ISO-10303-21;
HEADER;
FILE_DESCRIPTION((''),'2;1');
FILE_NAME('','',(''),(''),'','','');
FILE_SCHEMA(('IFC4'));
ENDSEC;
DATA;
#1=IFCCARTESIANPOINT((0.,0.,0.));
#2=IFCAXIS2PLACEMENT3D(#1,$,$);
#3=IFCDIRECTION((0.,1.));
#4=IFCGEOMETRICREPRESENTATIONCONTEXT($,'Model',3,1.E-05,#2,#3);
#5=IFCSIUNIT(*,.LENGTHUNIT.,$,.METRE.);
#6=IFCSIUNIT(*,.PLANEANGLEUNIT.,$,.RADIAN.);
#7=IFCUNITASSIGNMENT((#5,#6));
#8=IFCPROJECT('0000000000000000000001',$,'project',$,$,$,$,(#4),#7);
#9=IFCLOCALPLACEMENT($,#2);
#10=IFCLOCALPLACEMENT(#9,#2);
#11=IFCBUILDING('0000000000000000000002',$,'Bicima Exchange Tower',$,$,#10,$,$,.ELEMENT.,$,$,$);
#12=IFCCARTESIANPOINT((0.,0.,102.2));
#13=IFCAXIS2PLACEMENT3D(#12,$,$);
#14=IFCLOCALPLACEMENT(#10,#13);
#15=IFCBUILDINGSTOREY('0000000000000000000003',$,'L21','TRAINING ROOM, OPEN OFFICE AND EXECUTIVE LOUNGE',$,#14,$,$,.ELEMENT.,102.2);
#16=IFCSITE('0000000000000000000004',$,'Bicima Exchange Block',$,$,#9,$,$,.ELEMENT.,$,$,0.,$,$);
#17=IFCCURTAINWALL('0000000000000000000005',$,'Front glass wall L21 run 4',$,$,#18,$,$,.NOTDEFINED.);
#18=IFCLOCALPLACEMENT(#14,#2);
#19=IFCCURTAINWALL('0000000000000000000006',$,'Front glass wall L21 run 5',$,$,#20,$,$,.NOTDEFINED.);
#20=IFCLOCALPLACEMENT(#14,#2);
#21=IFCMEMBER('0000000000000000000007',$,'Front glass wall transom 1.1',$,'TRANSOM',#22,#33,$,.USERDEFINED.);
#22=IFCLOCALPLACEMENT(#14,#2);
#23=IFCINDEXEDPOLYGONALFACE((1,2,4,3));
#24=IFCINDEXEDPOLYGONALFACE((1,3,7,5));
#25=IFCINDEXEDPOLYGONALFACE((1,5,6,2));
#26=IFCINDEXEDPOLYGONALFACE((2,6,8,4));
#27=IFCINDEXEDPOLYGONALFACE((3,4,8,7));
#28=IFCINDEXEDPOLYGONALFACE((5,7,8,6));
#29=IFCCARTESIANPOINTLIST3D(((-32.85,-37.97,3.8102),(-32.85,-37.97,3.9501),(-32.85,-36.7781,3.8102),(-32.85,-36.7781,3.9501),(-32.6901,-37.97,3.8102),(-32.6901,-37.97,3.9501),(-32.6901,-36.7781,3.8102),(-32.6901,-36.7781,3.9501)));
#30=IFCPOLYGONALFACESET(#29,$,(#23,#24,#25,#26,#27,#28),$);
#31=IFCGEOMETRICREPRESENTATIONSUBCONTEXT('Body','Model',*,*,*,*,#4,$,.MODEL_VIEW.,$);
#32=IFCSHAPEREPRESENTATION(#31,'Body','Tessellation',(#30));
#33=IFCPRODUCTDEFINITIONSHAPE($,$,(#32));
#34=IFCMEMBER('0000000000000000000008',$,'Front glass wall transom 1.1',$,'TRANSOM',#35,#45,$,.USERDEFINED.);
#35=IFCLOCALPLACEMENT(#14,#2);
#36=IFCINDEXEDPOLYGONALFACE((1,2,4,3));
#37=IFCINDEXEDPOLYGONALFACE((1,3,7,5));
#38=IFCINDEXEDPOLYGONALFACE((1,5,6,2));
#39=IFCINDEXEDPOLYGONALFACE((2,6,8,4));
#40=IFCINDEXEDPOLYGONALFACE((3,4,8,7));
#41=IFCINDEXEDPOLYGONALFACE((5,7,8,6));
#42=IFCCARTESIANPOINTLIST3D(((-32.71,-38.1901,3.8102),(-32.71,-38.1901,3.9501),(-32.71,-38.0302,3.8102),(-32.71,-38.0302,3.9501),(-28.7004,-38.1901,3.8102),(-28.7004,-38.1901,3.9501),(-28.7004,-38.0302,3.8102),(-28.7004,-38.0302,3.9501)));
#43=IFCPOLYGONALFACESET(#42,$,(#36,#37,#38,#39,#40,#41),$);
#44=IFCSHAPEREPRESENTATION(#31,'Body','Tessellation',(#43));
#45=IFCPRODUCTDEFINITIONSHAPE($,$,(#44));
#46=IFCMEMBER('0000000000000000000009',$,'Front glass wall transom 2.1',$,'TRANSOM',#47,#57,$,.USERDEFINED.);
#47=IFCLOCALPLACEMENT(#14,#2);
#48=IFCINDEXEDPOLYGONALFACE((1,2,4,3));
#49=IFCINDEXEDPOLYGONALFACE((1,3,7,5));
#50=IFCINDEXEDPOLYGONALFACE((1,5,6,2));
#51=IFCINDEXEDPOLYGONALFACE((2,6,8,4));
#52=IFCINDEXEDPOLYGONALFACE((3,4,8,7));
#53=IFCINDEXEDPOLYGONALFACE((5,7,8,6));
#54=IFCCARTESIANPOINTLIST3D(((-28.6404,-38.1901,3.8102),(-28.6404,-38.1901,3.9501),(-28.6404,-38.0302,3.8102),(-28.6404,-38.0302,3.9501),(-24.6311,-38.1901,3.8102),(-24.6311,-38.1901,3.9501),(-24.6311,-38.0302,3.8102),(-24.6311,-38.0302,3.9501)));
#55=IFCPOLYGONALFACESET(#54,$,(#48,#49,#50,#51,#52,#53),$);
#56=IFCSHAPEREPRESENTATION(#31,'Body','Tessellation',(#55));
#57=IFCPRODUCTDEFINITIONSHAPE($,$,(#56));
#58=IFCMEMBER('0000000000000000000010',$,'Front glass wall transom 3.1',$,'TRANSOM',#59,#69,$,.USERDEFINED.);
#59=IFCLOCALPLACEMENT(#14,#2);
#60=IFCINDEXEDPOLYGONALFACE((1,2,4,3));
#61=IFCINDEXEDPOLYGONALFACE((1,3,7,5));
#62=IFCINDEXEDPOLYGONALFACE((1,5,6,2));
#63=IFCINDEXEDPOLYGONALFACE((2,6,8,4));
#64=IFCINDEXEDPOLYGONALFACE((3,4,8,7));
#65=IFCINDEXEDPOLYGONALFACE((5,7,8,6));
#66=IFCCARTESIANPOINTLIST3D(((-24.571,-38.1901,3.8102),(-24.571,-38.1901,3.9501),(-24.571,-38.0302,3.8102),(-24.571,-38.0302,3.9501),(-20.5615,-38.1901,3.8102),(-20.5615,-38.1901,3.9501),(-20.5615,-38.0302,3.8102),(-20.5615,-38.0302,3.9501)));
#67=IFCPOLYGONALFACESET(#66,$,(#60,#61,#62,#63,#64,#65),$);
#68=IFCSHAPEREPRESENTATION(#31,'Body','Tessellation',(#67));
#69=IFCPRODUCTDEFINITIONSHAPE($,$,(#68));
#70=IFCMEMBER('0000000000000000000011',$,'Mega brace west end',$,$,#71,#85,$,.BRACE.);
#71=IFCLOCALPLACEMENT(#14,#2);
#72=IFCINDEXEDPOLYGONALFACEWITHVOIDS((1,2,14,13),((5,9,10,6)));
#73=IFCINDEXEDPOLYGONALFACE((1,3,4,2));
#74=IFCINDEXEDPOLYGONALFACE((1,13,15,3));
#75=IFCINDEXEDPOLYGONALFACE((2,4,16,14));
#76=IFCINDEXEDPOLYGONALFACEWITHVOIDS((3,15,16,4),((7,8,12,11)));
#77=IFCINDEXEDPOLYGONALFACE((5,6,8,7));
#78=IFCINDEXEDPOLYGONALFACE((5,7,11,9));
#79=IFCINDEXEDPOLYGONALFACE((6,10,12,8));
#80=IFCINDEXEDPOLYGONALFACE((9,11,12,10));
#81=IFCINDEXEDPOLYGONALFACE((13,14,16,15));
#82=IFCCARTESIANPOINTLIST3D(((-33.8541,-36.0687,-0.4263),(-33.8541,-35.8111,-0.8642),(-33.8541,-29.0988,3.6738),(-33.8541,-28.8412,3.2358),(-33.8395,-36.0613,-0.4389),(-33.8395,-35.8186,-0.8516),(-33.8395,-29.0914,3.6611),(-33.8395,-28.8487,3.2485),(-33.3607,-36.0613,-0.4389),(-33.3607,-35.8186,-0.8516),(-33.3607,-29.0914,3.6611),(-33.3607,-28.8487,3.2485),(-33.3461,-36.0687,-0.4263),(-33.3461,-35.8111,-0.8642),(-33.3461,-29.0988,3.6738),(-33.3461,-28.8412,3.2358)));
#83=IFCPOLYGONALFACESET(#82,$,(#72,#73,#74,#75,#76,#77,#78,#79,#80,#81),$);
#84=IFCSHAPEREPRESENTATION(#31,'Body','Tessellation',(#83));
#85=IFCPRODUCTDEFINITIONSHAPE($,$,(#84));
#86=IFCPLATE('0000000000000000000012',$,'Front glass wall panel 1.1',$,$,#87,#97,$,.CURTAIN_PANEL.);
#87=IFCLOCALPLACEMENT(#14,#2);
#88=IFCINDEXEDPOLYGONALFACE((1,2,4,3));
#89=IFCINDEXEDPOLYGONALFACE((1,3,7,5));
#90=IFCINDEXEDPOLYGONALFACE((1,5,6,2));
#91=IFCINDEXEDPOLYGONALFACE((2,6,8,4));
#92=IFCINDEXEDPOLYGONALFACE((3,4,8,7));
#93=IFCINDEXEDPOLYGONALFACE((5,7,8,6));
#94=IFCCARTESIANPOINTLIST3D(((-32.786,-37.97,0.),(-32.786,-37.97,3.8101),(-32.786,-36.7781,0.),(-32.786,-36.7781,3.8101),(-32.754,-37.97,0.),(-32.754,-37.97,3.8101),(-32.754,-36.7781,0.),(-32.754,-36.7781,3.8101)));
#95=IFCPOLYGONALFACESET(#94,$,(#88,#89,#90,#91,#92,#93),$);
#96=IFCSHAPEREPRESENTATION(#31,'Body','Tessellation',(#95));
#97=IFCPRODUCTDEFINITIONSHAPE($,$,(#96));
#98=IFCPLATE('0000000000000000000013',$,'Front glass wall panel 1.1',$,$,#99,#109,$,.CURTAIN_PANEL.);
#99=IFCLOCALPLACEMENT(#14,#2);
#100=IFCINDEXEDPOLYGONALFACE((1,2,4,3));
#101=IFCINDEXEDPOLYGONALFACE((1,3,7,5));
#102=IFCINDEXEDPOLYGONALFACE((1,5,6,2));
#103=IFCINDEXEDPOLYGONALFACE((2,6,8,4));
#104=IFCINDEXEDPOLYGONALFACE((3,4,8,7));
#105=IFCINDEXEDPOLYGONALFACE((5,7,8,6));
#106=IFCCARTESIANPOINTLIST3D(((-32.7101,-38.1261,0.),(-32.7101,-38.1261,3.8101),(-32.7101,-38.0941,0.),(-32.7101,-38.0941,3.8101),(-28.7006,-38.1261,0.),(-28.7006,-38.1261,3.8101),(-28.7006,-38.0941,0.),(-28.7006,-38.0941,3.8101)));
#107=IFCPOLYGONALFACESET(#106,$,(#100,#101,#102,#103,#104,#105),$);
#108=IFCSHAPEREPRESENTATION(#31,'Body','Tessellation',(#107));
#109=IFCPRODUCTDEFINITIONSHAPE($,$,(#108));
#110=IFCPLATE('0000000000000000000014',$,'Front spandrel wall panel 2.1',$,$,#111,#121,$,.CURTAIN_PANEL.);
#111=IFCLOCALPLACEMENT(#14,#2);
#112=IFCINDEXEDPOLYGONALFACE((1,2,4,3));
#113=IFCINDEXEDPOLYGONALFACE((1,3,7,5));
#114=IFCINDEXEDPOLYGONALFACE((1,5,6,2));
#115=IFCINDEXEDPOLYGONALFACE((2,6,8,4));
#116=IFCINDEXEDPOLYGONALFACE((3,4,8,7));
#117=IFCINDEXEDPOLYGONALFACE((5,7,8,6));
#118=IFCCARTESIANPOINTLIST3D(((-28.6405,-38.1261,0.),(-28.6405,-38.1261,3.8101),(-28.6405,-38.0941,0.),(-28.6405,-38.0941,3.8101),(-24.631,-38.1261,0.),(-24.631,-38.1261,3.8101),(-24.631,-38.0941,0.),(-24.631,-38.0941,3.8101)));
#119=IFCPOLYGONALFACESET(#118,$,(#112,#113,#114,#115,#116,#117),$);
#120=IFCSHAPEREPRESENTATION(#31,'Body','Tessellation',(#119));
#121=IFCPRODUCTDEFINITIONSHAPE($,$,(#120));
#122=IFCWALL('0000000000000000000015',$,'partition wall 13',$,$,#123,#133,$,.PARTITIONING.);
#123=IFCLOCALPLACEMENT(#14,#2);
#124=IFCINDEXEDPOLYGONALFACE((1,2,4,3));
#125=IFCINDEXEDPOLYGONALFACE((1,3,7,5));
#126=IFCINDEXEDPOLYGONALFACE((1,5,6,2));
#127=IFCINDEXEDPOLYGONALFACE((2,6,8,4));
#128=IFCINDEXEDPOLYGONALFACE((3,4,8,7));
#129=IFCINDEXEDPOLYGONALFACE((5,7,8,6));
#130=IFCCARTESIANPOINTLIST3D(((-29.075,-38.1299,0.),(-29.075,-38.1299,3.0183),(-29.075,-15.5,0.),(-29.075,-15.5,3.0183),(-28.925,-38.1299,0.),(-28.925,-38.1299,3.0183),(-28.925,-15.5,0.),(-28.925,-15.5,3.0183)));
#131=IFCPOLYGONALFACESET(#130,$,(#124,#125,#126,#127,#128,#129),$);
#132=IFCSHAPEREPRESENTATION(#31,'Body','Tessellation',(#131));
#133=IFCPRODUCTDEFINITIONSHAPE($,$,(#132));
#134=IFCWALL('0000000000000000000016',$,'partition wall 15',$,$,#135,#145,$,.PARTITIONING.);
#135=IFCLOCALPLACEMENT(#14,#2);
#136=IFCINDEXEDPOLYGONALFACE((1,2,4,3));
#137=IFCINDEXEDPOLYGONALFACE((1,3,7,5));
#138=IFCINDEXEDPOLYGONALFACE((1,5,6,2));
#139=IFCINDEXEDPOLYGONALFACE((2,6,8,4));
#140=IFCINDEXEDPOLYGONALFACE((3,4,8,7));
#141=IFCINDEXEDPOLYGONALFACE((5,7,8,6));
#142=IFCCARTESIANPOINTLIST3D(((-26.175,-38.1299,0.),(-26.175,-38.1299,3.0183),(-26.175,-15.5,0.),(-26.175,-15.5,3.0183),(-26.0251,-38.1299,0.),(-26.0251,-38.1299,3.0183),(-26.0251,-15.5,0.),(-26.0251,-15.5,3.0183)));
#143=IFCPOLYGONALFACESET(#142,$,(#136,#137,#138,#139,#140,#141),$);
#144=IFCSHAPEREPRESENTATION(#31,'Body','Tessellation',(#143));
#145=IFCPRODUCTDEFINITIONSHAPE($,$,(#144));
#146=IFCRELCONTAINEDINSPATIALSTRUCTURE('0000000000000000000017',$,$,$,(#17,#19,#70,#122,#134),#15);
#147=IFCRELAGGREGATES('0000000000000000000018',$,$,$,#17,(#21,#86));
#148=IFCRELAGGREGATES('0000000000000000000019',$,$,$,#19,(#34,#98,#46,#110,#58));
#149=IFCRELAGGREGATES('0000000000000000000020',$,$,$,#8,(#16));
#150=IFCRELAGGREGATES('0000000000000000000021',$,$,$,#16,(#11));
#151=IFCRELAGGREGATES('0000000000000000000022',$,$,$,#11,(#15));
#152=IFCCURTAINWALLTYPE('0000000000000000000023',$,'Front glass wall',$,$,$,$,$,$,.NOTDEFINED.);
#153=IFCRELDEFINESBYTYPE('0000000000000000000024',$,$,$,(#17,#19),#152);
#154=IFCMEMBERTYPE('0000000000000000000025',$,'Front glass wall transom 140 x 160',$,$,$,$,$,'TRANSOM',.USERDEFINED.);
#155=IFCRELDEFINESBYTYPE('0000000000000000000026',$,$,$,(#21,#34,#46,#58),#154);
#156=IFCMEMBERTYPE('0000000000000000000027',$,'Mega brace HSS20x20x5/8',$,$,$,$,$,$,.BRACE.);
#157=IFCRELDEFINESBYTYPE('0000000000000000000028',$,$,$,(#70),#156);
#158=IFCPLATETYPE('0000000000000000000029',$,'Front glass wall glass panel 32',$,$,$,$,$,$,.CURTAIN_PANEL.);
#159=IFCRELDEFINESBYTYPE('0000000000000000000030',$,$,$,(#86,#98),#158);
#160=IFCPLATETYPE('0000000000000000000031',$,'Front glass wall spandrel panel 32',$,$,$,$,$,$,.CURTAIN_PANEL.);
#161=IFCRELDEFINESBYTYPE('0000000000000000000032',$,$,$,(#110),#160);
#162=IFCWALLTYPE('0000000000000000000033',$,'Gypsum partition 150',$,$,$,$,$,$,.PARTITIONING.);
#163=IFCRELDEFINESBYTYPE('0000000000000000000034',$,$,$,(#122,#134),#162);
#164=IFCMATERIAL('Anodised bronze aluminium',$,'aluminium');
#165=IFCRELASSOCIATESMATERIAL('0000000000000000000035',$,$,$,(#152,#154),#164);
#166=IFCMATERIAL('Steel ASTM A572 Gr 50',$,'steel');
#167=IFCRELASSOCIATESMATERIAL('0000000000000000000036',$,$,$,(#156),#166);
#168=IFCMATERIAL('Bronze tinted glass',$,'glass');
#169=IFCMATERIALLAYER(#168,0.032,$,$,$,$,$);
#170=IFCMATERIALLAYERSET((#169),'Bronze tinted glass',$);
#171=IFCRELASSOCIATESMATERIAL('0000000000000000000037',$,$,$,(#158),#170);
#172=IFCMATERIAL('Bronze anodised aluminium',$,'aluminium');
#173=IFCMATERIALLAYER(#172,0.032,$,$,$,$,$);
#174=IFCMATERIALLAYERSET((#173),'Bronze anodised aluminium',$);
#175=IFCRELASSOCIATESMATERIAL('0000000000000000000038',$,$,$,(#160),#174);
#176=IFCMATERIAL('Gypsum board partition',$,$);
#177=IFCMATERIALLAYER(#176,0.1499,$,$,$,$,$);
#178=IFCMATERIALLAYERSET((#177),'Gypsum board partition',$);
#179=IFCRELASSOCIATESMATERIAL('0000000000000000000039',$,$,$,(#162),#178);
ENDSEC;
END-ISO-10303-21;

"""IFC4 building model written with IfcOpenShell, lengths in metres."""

from ifc_helpers import new_model, si_unit, direction, frame, frame_2d, origin, origin_2d, place, context, subcontext, project, spatial, rectangle, hollow_rectangle, extrude, material, layer, layer_set, material_profile, profile_set, type_object, element, aggregate, save


model = new_model("IFC4")

# Units and contexts
model_context = context("Model", 3, precision=1e-05, world=origin(), true_north=direction((0.0, 1.0)))
body_context = subcontext(model_context, "Body", "Model", "MODEL_VIEW")
ifc_project = project(units=[si_unit("LENGTHUNIT", "METRE"), si_unit("PLANEANGLEUNIT", "RADIAN")], contexts=[model_context])

# Site, building, storey
site_placement = place(None, origin())
site = spatial("IfcSite", under=ifc_project, at=site_placement, Name="Bicima Exchange Block", CompositionType="ELEMENT", RefElevation=0.0)
building_placement = place(site_placement, origin())
building = spatial("IfcBuilding", under=site, at=building_placement, Name="Bicima Exchange Tower", CompositionType="ELEMENT")
storey_placement = place(building_placement, frame((0.0, 0.0, 102.2)))
storey = spatial("IfcBuildingStorey", under=building, at=storey_placement, Name="L21", Description="TRAINING ROOM, OPEN OFFICE AND EXECUTIVE LOUNGE", CompositionType="ELEMENT", Elevation=102.2)

# Shared definitions
ifc_material_1 = material(Name="Steel ASTM A572 Gr 50", Category="steel")

# Shared definitions
ifc_material_2 = material(Name="Anodised bronze aluminium", Category="aluminium")
curtain_wall_type = type_object("IfcCurtainWallType", Name="Front glass wall", PredefinedType="NOTDEFINED", material=ifc_material_2)

# Curtain walls
curtain_wall_1_placement = place(storey_placement, origin())
curtain_wall_1 = element("IfcCurtainWall", 1, at=curtain_wall_1_placement, inside=storey, type_object=curtain_wall_type, Name="Front glass wall L21 run 4", PredefinedType="NOTDEFINED")
curtain_wall_2_placement = place(storey_placement, origin())
curtain_wall_2 = element("IfcCurtainWall", 2, at=curtain_wall_2_placement, inside=storey, type_object=curtain_wall_type, Name="Front glass wall L21 run 5", PredefinedType="NOTDEFINED")

# Members
ifc_material_profile_1 = material_profile(ifc_material_2, rectangle(XDim=0.1599, YDim=0.1399, at=origin_2d()))
ifc_profile_set_1 = profile_set([ifc_material_profile_1], Name="Anodised bronze aluminium")
member_type_1 = type_object("IfcMemberType", Name="Front glass wall transom 140 x 160", ElementType="TRANSOM", PredefinedType="USERDEFINED", material=ifc_profile_set_1)
member_1_placement = place(storey_placement, frame((-32.77, -36.7781, 3.8801), z_axis=(0.0, -1.0, 0.0), x_axis=(1.0, 0.0, 0.0)))
member_1 = element("IfcMember", 3, at=member_1_placement, type_object=member_type_1, Name="Front glass wall transom 1.1", ObjectType="TRANSOM", PredefinedType="USERDEFINED", context=body_context, shape_type="SweptSolid", body=[
    extrude(rectangle(XDim=0.1599, YDim=0.1399, at=origin_2d()), origin(), (0.0, 0.0, 1.0), 1.1919),
])
member_2_placement = place(storey_placement, frame((-32.71, -38.1101, 3.8801), z_axis=(1.0, 0.0, 0.0), x_axis=(0.0, 1.0, 0.0)))
member_2 = element("IfcMember", 4, at=member_2_placement, type_object=member_type_1, Name="Front glass wall transom 1.1", ObjectType="TRANSOM", PredefinedType="USERDEFINED", context=body_context, shape_type="SweptSolid", body=[
    extrude(rectangle(XDim=0.1599, YDim=0.1399, at=origin_2d()), origin(), (0.0, 0.0, 1.0), 4.0095),
])
member_3_placement = place(storey_placement, frame((-28.6404, -38.1101, 3.8801), z_axis=(1.0, 0.0, 0.0), x_axis=(0.0, 1.0, 0.0)))
member_3 = element("IfcMember", 5, at=member_3_placement, type_object=member_type_1, Name="Front glass wall transom 2.1", ObjectType="TRANSOM", PredefinedType="USERDEFINED", context=body_context, shape_type="SweptSolid", body=[
    extrude(rectangle(XDim=0.1599, YDim=0.1399, at=origin_2d()), origin(), (0.0, 0.0, 1.0), 4.0093),
])
member_4_placement = place(storey_placement, frame((-24.571, -38.1101, 3.8801), z_axis=(1.0, 0.0, 0.0), x_axis=(0.0, 1.0, 0.0)))
member_4 = element("IfcMember", 6, at=member_4_placement, type_object=member_type_1, Name="Front glass wall transom 3.1", ObjectType="TRANSOM", PredefinedType="USERDEFINED", context=body_context, shape_type="SweptSolid", body=[
    extrude(rectangle(XDim=0.1599, YDim=0.1399, at=origin_2d()), origin(), (0.0, 0.0, 1.0), 4.0095),
])
ifc_material_profile_2 = material_profile(ifc_material_1, hollow_rectangle(XDim=0.5081, YDim=0.5081, WallThickness=0.0146, at=origin_2d()))
ifc_profile_set_2 = profile_set([ifc_material_profile_2], Name="Steel ASTM A572 Gr 50")
member_type_2 = type_object("IfcMemberType", Name="Mega brace HSS20x20x5/8", PredefinedType="BRACE", material=ifc_profile_set_2)
member_5_placement = place(storey_placement, frame((-33.6001, -35.9399, -0.6453), z_axis=(0.0, 0.861928, 0.507031), x_axis=(-1.0, 0.0, 0.0)))
element("IfcMember", 7, at=member_5_placement, inside=storey, type_object=member_type_2, Name="Mega brace west end", PredefinedType="BRACE", context=body_context, shape_type="SweptSolid", body=[
    extrude(hollow_rectangle(XDim=0.5081, YDim=0.5081, WallThickness=0.0146, at=origin_2d()), origin(), (0.0, 0.0, 1.0), 8.0864),
])

# Plates
ifc_material_3 = material(Name="Bronze tinted glass", Category="glass")
ifc_layer_1 = layer(ifc_material_3, 0.032)
ifc_layer_set_1 = layer_set([ifc_layer_1], Name="Bronze tinted glass")
plate_type_1 = type_object("IfcPlateType", Name="Front glass wall glass panel 32", PredefinedType="CURTAIN_PANEL", material=ifc_layer_set_1)
plate_1_placement = place(storey_placement, frame((-32.77, -37.374, 0.0), z_axis=(0.0, 0.0, 1.0), x_axis=(0.0, -1.0, 0.0)))
plate_1 = element("IfcPlate", 8, at=plate_1_placement, type_object=plate_type_1, Name="Front glass wall panel 1.1", PredefinedType="CURTAIN_PANEL", context=body_context, shape_type="SweptSolid", body=[
    extrude(rectangle(XDim=1.1919, YDim=0.032, at=origin_2d()), origin(), (0.0, 0.0, 1.0), 3.8101),
])
aggregate(curtain_wall_1, [member_1, plate_1])
plate_2_placement = place(storey_placement, frame((-30.7053, -38.1101, 0.0), z_axis=(0.0, 0.0, 1.0), x_axis=(1.0, 0.0, 0.0)))
plate_2 = element("IfcPlate", 9, at=plate_2_placement, type_object=plate_type_1, Name="Front glass wall panel 1.1", PredefinedType="CURTAIN_PANEL", context=body_context, shape_type="SweptSolid", body=[
    extrude(rectangle(XDim=4.0095, YDim=0.032, at=origin_2d()), origin(), (0.0, 0.0, 1.0), 3.8101),
])
ifc_material_4 = material(Name="Bronze anodised aluminium", Category="aluminium")
ifc_layer_2 = layer(ifc_material_4, 0.032)
ifc_layer_set_2 = layer_set([ifc_layer_2], Name="Bronze anodised aluminium")
plate_type_2 = type_object("IfcPlateType", Name="Front glass wall spandrel panel 32", PredefinedType="CURTAIN_PANEL", material=ifc_layer_set_2)
plate_3_placement = place(storey_placement, frame((-26.6357, -38.1101, 0.0), z_axis=(0.0, 0.0, 1.0), x_axis=(1.0, 0.0, 0.0)))
plate_3 = element("IfcPlate", 10, at=plate_3_placement, type_object=plate_type_2, Name="Front spandrel wall panel 2.1", PredefinedType="CURTAIN_PANEL", context=body_context, shape_type="SweptSolid", body=[
    extrude(rectangle(XDim=4.0095, YDim=0.032, at=origin_2d()), origin(), (0.0, 0.0, 1.0), 3.8101),
])
aggregate(curtain_wall_2, [member_2, plate_2, member_3, plate_3, member_4])

# Walls
ifc_material_5 = material(Name="Gypsum board partition")
ifc_layer_3 = layer(ifc_material_5, 0.1499)
ifc_layer_set_3 = layer_set([ifc_layer_3], Name="Gypsum board partition")
wall_type = type_object("IfcWallType", Name="Gypsum partition 150", PredefinedType="PARTITIONING", material=ifc_layer_set_3)
for number, where, z_axis, x_axis, name in (
    (11, (-29.0, -38.1299, 0.0), (0.0, 0.0, 1.0), (0.0, 1.0, 0.0), "partition wall 13"),
    (12, (-26.1001, -38.1299, 0.0), (0.0, 0.0, 1.0), (0.0, 1.0, 0.0), "partition wall 15"),
):
    element("IfcWall", number, at=place(storey_placement, frame(where, z_axis=z_axis, x_axis=x_axis)), inside=storey, type_object=wall_type, Name=name, PredefinedType="PARTITIONING", context=body_context, shape_type="SweptSolid", body=[
        extrude(rectangle(XDim=22.6299, YDim=0.1499, at=frame_2d((11.3149, 0.0))), origin(), (0.0, 0.0, 1.0), 3.0183),
    ])

save(model, "model.ifc")
